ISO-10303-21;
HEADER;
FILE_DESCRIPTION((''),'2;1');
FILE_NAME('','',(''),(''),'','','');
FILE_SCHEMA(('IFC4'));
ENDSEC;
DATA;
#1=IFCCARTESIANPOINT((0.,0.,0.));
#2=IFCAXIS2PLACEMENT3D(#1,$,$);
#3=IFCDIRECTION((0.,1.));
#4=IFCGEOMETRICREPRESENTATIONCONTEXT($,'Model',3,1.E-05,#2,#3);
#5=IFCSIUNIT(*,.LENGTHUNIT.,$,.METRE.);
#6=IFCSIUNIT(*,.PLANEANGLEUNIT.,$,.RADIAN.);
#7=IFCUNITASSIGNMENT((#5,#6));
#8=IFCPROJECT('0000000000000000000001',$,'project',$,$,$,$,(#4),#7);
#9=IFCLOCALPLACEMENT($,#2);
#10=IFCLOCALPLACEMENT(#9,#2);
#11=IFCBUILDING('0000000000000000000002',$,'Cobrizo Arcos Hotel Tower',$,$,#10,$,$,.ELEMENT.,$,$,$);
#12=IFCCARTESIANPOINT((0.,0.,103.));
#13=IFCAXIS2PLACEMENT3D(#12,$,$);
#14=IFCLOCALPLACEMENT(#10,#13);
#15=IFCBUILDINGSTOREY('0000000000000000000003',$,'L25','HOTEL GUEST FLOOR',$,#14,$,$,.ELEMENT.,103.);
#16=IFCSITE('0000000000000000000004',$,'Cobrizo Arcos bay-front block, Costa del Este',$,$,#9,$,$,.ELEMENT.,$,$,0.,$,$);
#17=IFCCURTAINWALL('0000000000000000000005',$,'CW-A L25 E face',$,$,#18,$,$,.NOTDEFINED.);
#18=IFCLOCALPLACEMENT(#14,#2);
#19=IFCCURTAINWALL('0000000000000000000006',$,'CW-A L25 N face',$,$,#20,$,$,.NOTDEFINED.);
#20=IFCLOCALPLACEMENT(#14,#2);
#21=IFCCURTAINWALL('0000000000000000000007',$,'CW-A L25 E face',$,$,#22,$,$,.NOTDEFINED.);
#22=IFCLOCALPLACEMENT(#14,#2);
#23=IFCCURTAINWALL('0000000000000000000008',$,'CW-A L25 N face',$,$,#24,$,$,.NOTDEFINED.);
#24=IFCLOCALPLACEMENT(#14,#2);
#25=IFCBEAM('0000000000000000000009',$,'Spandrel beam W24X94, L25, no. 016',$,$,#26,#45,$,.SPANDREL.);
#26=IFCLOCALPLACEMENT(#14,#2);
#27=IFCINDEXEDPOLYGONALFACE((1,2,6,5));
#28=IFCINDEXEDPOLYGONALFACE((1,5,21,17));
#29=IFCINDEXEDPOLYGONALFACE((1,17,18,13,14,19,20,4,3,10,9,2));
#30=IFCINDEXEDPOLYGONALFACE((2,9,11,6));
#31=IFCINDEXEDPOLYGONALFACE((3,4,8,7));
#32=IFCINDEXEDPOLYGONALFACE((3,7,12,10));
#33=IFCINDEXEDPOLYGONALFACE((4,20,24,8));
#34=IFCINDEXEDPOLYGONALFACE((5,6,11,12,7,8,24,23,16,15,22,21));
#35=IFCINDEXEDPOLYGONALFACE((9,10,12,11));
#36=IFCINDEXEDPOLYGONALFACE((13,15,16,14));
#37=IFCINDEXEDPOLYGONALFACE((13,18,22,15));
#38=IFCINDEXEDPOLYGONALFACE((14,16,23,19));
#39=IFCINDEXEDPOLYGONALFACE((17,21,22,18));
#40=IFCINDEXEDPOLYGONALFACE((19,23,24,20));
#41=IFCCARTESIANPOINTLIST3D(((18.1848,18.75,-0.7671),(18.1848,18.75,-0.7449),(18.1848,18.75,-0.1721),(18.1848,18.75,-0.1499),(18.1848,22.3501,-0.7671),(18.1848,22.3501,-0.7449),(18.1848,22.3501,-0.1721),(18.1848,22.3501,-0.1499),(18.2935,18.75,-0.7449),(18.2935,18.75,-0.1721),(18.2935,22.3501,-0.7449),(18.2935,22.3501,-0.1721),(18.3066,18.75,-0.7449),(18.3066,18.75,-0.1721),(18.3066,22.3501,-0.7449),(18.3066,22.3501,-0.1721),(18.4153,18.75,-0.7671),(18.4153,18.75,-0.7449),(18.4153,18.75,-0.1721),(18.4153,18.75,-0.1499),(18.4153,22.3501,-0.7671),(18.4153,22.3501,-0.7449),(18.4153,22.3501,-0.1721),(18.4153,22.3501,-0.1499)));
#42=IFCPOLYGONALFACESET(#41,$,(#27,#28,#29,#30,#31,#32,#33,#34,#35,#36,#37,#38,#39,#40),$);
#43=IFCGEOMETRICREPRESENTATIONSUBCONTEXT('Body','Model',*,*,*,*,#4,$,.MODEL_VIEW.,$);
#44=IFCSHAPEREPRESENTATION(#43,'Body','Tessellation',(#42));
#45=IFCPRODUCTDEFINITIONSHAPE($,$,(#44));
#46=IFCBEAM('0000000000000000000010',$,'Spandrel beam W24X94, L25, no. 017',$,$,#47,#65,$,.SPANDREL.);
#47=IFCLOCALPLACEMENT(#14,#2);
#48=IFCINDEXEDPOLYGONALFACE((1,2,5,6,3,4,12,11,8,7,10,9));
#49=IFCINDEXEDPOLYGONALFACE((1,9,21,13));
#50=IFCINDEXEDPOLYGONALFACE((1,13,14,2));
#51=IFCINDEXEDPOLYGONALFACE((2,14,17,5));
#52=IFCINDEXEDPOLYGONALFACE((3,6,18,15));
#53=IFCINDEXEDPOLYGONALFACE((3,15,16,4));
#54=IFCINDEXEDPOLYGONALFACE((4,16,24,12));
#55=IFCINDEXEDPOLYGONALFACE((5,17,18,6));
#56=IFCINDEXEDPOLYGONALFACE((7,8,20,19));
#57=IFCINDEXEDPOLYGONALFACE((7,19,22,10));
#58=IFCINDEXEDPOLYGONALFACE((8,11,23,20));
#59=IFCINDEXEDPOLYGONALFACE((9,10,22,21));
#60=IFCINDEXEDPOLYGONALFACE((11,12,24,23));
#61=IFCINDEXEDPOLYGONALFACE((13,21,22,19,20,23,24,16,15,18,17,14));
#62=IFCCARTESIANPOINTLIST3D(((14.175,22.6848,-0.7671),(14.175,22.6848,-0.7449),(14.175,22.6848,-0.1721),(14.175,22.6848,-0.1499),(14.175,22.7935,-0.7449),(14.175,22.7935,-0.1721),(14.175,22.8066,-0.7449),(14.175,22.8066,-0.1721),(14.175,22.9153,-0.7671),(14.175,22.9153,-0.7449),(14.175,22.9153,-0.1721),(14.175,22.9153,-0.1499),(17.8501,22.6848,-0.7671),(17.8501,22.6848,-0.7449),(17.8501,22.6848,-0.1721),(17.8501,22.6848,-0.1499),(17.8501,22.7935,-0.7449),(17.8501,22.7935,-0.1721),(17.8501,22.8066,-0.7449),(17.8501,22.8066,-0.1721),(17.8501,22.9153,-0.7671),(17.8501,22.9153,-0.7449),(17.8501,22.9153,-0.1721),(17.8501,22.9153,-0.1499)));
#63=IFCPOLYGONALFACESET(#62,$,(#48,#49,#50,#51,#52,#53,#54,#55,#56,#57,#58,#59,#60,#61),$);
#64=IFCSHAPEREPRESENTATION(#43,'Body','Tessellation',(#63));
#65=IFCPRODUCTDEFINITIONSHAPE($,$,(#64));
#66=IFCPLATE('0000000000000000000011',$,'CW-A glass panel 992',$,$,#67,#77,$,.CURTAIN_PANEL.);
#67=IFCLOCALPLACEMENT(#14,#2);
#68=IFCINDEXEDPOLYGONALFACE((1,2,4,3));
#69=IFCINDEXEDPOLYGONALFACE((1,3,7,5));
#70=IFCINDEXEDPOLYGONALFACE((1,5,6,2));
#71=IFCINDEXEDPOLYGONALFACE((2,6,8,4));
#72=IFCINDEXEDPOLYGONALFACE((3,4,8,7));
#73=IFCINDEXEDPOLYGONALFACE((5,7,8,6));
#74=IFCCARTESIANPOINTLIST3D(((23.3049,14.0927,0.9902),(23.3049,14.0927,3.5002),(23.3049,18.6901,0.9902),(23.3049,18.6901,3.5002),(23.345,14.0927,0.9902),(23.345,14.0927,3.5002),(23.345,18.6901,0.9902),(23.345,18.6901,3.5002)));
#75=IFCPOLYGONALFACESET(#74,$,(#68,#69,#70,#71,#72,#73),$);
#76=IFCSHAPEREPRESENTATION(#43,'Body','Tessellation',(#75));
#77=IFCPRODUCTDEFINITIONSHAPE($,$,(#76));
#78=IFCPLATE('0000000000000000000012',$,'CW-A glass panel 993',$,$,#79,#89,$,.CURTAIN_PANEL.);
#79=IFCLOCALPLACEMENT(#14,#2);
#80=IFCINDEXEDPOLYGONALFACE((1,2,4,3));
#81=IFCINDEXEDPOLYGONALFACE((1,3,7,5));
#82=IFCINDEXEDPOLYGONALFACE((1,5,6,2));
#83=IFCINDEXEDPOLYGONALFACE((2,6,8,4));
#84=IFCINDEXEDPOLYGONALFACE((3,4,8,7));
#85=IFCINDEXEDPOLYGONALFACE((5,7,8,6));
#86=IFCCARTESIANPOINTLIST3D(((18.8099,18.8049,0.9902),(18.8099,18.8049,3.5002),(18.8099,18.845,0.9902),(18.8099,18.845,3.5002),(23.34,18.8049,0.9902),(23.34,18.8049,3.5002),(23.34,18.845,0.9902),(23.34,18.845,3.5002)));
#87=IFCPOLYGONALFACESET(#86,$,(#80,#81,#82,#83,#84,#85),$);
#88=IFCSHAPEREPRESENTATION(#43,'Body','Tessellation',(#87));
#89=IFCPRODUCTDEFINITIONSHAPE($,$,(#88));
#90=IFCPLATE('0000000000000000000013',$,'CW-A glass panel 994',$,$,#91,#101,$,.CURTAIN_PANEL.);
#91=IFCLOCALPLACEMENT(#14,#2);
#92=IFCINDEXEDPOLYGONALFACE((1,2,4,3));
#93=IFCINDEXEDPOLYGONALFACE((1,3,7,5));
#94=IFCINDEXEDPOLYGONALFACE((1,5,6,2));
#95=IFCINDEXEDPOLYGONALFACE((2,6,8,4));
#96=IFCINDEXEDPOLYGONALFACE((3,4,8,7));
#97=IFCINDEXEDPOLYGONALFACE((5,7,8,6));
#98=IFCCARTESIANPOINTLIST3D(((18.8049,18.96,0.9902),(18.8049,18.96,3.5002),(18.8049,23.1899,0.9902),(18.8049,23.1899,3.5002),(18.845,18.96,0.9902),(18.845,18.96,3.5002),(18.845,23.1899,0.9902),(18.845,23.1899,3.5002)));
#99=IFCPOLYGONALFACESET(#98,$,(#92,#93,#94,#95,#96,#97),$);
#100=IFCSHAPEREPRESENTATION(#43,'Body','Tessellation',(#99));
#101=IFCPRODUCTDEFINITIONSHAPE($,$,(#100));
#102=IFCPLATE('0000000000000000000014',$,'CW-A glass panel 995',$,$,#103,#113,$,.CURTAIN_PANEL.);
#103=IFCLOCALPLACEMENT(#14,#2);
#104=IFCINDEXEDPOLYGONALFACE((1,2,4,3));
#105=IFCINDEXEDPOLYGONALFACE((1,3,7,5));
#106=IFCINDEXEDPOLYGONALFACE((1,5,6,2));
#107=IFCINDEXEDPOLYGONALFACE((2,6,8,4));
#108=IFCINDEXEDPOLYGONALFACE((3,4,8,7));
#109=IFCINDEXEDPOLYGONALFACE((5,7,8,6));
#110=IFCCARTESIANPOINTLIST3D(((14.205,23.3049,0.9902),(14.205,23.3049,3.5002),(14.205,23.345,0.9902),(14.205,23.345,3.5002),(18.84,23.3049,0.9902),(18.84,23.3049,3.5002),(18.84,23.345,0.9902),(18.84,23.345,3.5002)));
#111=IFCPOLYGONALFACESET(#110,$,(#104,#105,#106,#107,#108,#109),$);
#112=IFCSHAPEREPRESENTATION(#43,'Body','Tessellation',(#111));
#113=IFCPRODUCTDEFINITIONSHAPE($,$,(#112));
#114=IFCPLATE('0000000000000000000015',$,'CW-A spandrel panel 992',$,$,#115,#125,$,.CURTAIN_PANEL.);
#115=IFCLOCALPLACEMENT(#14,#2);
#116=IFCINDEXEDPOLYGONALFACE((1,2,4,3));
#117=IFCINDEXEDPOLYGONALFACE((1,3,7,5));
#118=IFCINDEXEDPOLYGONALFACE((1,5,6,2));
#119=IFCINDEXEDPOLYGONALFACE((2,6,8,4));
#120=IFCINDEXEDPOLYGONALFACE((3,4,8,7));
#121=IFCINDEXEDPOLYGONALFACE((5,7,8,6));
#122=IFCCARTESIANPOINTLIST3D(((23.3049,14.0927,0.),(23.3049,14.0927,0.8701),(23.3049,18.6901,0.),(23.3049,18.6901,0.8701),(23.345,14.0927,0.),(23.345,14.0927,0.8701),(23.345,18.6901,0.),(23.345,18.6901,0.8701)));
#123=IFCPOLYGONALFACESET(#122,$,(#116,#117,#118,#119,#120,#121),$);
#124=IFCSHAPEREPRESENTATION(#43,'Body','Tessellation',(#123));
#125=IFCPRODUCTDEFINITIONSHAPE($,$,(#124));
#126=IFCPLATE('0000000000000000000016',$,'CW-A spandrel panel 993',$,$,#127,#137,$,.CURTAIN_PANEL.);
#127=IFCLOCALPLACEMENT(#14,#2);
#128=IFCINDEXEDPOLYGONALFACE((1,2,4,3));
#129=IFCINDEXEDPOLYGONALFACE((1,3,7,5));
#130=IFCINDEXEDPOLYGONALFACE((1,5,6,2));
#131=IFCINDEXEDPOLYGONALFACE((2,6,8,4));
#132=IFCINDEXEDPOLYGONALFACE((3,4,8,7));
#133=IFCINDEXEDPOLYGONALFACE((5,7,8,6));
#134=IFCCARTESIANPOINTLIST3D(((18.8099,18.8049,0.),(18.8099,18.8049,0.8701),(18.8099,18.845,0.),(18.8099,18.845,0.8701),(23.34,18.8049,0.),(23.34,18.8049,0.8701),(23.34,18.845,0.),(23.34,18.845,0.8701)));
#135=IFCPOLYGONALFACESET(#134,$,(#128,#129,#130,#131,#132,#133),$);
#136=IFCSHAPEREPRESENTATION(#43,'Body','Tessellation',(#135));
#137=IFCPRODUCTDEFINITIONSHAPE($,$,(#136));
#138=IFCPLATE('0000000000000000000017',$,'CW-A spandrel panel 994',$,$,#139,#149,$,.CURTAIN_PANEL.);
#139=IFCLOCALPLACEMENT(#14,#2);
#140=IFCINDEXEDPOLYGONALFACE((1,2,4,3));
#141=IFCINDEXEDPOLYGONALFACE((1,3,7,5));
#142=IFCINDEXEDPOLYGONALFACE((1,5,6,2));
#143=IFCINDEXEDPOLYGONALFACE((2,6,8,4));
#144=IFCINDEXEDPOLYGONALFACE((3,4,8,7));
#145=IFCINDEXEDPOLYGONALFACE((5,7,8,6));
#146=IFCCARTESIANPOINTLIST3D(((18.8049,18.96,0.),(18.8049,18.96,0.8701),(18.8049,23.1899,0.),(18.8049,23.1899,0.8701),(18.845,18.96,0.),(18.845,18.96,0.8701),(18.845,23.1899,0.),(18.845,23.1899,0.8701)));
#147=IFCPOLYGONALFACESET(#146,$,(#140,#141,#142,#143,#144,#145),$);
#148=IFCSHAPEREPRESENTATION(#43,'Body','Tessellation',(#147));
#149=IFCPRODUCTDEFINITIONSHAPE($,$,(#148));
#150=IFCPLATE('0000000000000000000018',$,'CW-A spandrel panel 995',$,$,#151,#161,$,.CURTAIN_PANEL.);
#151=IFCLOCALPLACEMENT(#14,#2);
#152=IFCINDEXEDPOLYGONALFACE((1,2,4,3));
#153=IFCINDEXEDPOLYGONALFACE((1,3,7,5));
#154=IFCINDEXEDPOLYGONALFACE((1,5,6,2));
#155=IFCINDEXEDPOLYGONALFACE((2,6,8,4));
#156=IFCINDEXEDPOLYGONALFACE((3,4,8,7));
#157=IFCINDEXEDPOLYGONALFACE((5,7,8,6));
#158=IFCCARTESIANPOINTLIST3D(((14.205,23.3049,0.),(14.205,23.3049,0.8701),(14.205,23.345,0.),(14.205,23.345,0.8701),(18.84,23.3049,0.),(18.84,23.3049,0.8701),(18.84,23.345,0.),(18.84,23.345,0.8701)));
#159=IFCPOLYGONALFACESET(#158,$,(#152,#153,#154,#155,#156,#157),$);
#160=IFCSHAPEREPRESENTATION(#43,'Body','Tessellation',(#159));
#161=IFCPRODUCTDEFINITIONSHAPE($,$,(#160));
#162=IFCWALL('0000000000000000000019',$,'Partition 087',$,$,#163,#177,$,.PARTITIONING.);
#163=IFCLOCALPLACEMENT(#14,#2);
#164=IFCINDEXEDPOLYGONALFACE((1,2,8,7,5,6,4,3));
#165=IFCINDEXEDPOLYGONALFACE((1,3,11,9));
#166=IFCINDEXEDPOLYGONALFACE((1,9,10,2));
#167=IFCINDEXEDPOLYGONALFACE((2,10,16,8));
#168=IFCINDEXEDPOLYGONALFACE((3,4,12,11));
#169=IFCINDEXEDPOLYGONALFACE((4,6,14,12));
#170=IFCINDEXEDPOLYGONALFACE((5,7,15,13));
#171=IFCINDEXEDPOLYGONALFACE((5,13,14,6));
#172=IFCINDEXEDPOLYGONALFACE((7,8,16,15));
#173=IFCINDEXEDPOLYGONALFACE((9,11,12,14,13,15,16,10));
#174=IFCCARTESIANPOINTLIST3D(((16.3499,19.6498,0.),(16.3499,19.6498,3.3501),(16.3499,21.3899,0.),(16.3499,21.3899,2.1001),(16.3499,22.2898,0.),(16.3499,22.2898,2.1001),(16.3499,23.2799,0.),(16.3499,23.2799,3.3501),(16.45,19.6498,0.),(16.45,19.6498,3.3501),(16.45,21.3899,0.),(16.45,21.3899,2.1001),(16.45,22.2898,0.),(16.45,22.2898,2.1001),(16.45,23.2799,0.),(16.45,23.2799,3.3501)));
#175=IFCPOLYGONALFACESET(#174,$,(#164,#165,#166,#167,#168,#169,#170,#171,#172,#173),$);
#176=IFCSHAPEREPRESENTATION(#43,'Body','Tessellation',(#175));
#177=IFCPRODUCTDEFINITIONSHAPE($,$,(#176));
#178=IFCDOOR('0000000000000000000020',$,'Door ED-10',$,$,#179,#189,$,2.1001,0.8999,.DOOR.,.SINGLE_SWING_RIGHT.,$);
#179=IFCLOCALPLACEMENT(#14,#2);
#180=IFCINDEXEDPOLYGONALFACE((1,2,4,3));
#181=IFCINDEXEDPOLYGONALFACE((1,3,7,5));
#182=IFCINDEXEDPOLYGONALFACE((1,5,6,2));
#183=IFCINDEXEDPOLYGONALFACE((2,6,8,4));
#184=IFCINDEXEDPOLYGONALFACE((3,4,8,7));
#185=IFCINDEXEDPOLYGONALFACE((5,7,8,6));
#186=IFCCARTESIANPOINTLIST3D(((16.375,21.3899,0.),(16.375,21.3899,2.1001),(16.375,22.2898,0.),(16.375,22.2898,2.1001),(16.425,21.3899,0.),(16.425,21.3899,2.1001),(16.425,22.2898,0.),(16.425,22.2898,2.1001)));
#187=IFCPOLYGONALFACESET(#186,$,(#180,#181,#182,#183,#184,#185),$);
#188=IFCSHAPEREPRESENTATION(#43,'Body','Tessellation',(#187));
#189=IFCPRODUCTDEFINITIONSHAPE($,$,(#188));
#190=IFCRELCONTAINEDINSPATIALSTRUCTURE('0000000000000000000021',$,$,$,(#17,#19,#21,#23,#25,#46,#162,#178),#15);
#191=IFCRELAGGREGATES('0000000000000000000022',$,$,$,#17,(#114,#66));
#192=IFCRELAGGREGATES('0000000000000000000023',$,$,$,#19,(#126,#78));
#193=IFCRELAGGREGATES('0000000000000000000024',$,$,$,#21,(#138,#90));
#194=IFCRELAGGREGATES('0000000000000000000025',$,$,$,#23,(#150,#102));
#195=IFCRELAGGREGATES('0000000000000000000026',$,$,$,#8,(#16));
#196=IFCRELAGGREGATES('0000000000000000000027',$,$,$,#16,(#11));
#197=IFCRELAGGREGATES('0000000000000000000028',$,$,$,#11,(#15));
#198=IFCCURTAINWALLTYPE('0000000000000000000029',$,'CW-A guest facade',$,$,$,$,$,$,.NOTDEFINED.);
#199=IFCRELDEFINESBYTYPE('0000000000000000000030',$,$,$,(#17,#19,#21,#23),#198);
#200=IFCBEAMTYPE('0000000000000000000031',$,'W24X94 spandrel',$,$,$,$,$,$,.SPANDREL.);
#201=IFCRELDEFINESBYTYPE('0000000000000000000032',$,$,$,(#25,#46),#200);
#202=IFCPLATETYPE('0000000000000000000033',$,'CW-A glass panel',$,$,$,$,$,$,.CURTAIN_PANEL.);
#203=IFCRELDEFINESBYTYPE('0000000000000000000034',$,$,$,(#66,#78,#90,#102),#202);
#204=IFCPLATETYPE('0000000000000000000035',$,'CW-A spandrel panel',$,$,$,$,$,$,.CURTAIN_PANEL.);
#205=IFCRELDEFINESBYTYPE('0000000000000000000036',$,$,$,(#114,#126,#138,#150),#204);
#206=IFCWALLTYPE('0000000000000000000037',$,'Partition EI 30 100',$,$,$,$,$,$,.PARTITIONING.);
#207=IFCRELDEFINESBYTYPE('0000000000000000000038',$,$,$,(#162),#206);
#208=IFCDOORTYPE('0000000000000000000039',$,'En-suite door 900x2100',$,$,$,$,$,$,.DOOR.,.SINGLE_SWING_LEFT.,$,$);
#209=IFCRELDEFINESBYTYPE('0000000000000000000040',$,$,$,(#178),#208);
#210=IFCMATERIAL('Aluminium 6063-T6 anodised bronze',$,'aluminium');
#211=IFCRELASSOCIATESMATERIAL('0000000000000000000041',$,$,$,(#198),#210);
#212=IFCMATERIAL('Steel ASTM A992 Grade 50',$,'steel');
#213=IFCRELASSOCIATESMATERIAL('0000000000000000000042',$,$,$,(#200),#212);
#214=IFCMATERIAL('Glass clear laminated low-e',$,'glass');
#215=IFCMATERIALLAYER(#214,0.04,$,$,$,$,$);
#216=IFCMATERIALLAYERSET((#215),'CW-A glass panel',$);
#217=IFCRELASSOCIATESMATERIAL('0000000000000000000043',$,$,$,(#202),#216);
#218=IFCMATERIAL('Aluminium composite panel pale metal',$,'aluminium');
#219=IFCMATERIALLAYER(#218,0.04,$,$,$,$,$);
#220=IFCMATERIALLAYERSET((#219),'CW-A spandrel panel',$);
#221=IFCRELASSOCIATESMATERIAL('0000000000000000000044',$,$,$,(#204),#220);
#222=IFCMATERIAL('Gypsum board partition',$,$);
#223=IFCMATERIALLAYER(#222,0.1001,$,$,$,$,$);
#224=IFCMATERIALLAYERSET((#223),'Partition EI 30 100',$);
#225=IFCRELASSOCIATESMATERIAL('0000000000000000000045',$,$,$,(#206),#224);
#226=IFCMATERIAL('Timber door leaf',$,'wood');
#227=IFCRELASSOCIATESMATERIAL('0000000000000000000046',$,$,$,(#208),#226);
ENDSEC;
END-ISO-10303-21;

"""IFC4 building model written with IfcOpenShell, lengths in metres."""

from ifc_helpers import new_model, si_unit, direction, frame, frame_2d, origin, origin_2d, place, context, subcontext, project, spatial, rectangle, i_section, extrude, material, layer, layer_set, material_profile, profile_set, type_object, element, fill, aggregate, save


model = new_model("IFC4")

# Units and contexts
model_context = context("Model", 3, precision=1e-05, world=origin(), true_north=direction((0.0, 1.0)))
body_context = subcontext(model_context, "Body", "Model", "MODEL_VIEW")
ifc_project = project(units=[si_unit("LENGTHUNIT", "METRE"), si_unit("PLANEANGLEUNIT", "RADIAN")], contexts=[model_context])

# Site, building, storey
site_placement = place(None, origin())
site = spatial("IfcSite", under=ifc_project, at=site_placement, Name="Cobrizo Arcos bay-front block, Costa del Este", CompositionType="ELEMENT", RefElevation=0.0)
building_placement = place(site_placement, origin())
building = spatial("IfcBuilding", under=site, at=building_placement, Name="Cobrizo Arcos Hotel Tower", CompositionType="ELEMENT")
storey_placement = place(building_placement, frame((0.0, 0.0, 103.0)))
storey = spatial("IfcBuildingStorey", under=building, at=storey_placement, Name="L25", Description="HOTEL GUEST FLOOR", CompositionType="ELEMENT", Elevation=103.0)

# Curtain wall
ifc_material_1 = material(Name="Aluminium 6063-T6 anodised bronze", Category="aluminium")
curtain_wall_type = type_object("IfcCurtainWallType", Name="CW-A guest facade", PredefinedType="NOTDEFINED", material=ifc_material_1)
curtain_wall_1_placement = place(storey_placement, origin())
curtain_wall_1 = element("IfcCurtainWall", 1, at=curtain_wall_1_placement, inside=storey, type_object=curtain_wall_type, Name="CW-A L25 E face", PredefinedType="NOTDEFINED")

# Curtain walls
curtain_wall_2_placement = place(storey_placement, origin())
curtain_wall_2 = element("IfcCurtainWall", 2, at=curtain_wall_2_placement, inside=storey, type_object=curtain_wall_type, Name="CW-A L25 N face", PredefinedType="NOTDEFINED")
curtain_wall_3_placement = place(storey_placement, origin())
curtain_wall_3 = element("IfcCurtainWall", 3, at=curtain_wall_3_placement, inside=storey, type_object=curtain_wall_type, Name="CW-A L25 E face", PredefinedType="NOTDEFINED")

# Curtain wall
curtain_wall_4_placement = place(storey_placement, origin())
curtain_wall_4 = element("IfcCurtainWall", 4, at=curtain_wall_4_placement, inside=storey, type_object=curtain_wall_type, Name="CW-A L25 N face", PredefinedType="NOTDEFINED")

# Beams
ifc_material_2 = material(Name="Steel ASTM A992 Grade 50", Category="steel")
ifc_material_profile_1 = material_profile(ifc_material_2, i_section(OverallWidth=0.2305, OverallDepth=0.6172, WebThickness=0.0132, FlangeThickness=0.0222, at=origin_2d()), Name="W24X94")
ifc_profile_set_1 = profile_set([ifc_material_profile_1], Name="Steel ASTM A992 Grade 50")
beam_type = type_object("IfcBeamType", Name="W24X94 spandrel", PredefinedType="SPANDREL", material=ifc_profile_set_1)
for number, where, z_axis, x_axis, name in (
    (5, (18.3, 18.75, -0.4585), (0.0, 1.0, 0.0), (-1.0, 0.0, 0.0), "Spandrel beam W24X94, L25, no. 016"),
):
    element("IfcBeam", number, at=place(storey_placement, frame(where, z_axis=z_axis, x_axis=x_axis)), inside=storey, type_object=beam_type, Name=name, PredefinedType="SPANDREL", context=body_context, shape_type="SweptSolid", body=[
        extrude(i_section(OverallWidth=0.2305, OverallDepth=0.6172, WebThickness=0.0132, FlangeThickness=0.0222, at=origin_2d()), origin(), (0.0, 0.0, 1.0), 3.6001),
    ])
beam_placement = place(storey_placement, frame((17.8501, 22.8, -0.4585), z_axis=(-1.0, 0.0, 0.0), x_axis=(0.0, -1.0, 0.0)))
element("IfcBeam", 6, at=beam_placement, inside=storey, type_object=beam_type, Name="Spandrel beam W24X94, L25, no. 017", PredefinedType="SPANDREL", context=body_context, shape_type="SweptSolid", body=[
    extrude(i_section(OverallWidth=0.2305, OverallDepth=0.6172, WebThickness=0.0132, FlangeThickness=0.0222, at=origin_2d()), origin(), (0.0, 0.0, 1.0), 3.675),
])

# Plates
ifc_material_3 = material(Name="Glass clear laminated low-e", Category="glass")
ifc_layer_1 = layer(ifc_material_3, 0.04)
ifc_layer_set_1 = layer_set([ifc_layer_1], Name="CW-A glass panel")
plate_type_1 = type_object("IfcPlateType", Name="CW-A glass panel", PredefinedType="CURTAIN_PANEL", material=ifc_layer_set_1)
plate_1_placement = place(storey_placement, frame((23.325, 16.3914, 0.9902), z_axis=(0.0, 0.0, 1.0), x_axis=(0.0, 1.0, 0.0)))
plate_1 = element("IfcPlate", 7, at=plate_1_placement, type_object=plate_type_1, Name="CW-A glass panel 992", PredefinedType="CURTAIN_PANEL", context=body_context, shape_type="SweptSolid", body=[
    extrude(rectangle(XDim=4.5974, YDim=0.04, at=origin_2d()), origin(), (0.0, 0.0, 1.0), 2.51),
])
plate_2_placement = place(storey_placement, frame((21.075, 18.825, 0.9902), z_axis=(0.0, 0.0, 1.0), x_axis=(-1.0, 0.0, 0.0)))
plate_2 = element("IfcPlate", 8, at=plate_2_placement, type_object=plate_type_1, Name="CW-A glass panel 993", PredefinedType="CURTAIN_PANEL", context=body_context, shape_type="SweptSolid", body=[
    extrude(rectangle(XDim=4.53, YDim=0.04, at=origin_2d()), origin(), (0.0, 0.0, 1.0), 2.51),
])
plate_3_placement = place(storey_placement, frame((18.825, 21.075, 0.9902), z_axis=(0.0, 0.0, 1.0), x_axis=(0.0, 1.0, 0.0)))
plate_3 = element("IfcPlate", 9, at=plate_3_placement, type_object=plate_type_1, Name="CW-A glass panel 994", PredefinedType="CURTAIN_PANEL", context=body_context, shape_type="SweptSolid", body=[
    extrude(rectangle(XDim=4.23, YDim=0.04, at=origin_2d()), origin(), (0.0, 0.0, 1.0), 2.51),
])
plate_4_placement = place(storey_placement, frame((16.5225, 23.325, 0.9902), z_axis=(0.0, 0.0, 1.0), x_axis=(-1.0, 0.0, 0.0)))
plate_4 = element("IfcPlate", 10, at=plate_4_placement, type_object=plate_type_1, Name="CW-A glass panel 995", PredefinedType="CURTAIN_PANEL", context=body_context, shape_type="SweptSolid", body=[
    extrude(rectangle(XDim=4.635, YDim=0.04, at=origin_2d()), origin(), (0.0, 0.0, 1.0), 2.51),
])
ifc_material_4 = material(Name="Aluminium composite panel pale metal", Category="aluminium")
ifc_layer_2 = layer(ifc_material_4, 0.04)
ifc_layer_set_2 = layer_set([ifc_layer_2], Name="CW-A spandrel panel")
plate_type_2 = type_object("IfcPlateType", Name="CW-A spandrel panel", PredefinedType="CURTAIN_PANEL", material=ifc_layer_set_2)
plate_5_placement = place(storey_placement, frame((23.325, 16.3914, 0.0), z_axis=(0.0, 0.0, 1.0), x_axis=(0.0, 1.0, 0.0)))
plate_5 = element("IfcPlate", 11, at=plate_5_placement, type_object=plate_type_2, Name="CW-A spandrel panel 992", PredefinedType="CURTAIN_PANEL", context=body_context, shape_type="SweptSolid", body=[
    extrude(rectangle(XDim=4.5974, YDim=0.04, at=origin_2d()), origin(), (0.0, 0.0, 1.0), 0.8701),
])
aggregate(curtain_wall_1, [plate_5, plate_1])
plate_6_placement = place(storey_placement, frame((21.075, 18.825, 0.0), z_axis=(0.0, 0.0, 1.0), x_axis=(-1.0, 0.0, 0.0)))
plate_6 = element("IfcPlate", 12, at=plate_6_placement, type_object=plate_type_2, Name="CW-A spandrel panel 993", PredefinedType="CURTAIN_PANEL", context=body_context, shape_type="SweptSolid", body=[
    extrude(rectangle(XDim=4.53, YDim=0.04, at=origin_2d()), origin(), (0.0, 0.0, 1.0), 0.8701),
])
aggregate(curtain_wall_2, [plate_6, plate_2])
plate_7_placement = place(storey_placement, frame((18.825, 21.075, 0.0), z_axis=(0.0, 0.0, 1.0), x_axis=(0.0, 1.0, 0.0)))
plate_7 = element("IfcPlate", 13, at=plate_7_placement, type_object=plate_type_2, Name="CW-A spandrel panel 994", PredefinedType="CURTAIN_PANEL", context=body_context, shape_type="SweptSolid", body=[
    extrude(rectangle(XDim=4.23, YDim=0.04, at=origin_2d()), origin(), (0.0, 0.0, 1.0), 0.8701),
])
aggregate(curtain_wall_3, [plate_7, plate_3])
plate_8_placement = place(storey_placement, frame((16.5225, 23.325, 0.0), z_axis=(0.0, 0.0, 1.0), x_axis=(-1.0, 0.0, 0.0)))
plate_8 = element("IfcPlate", 14, at=plate_8_placement, type_object=plate_type_2, Name="CW-A spandrel panel 995", PredefinedType="CURTAIN_PANEL", context=body_context, shape_type="SweptSolid", body=[
    extrude(rectangle(XDim=4.635, YDim=0.04, at=origin_2d()), origin(), (0.0, 0.0, 1.0), 0.8701),
])
aggregate(curtain_wall_4, [plate_8, plate_4])

# Wall, opening, door
ifc_material_5 = material(Name="Gypsum board partition")
ifc_layer_3 = layer(ifc_material_5, 0.1001)
ifc_layer_set_3 = layer_set([ifc_layer_3], Name="Partition EI 30 100")
wall_type = type_object("IfcWallType", Name="Partition EI 30 100", PredefinedType="PARTITIONING", material=ifc_layer_set_3)
wall_placement = place(storey_placement, frame((16.3999, 19.6499, 0.0), z_axis=(0.0, 0.0, 1.0), x_axis=(0.0, 1.0, 0.0)))
wall = element("IfcWall", 15, at=wall_placement, inside=storey, type_object=wall_type, Name="Partition 087", PredefinedType="PARTITIONING", context=body_context, shape_type="SweptSolid", body=[
    extrude(rectangle(XDim=3.6301, YDim=0.1001, at=frame_2d((1.8149, 0.0))), origin(), (0.0, 0.0, 1.0), 3.3501),
])
opening_placement = place(wall_placement, frame((1.74, 0.0, 0.0)))
opening = element("IfcOpeningElement", 16, at=opening_placement, cuts=wall, PredefinedType="OPENING", context=body_context, shape_type="SweptSolid", body=[
    extrude(rectangle(XDim=0.8999, YDim=2.1001, at=frame_2d((0.45, 1.05))), frame((0.0, 0.062, 0.0), z_axis=(0.0, -1.0, 0.0), x_axis=(1.0, 0.0, 0.0)), (0.0, 0.0, 1.0), 0.124),
])
ifc_material_6 = material(Name="Timber door leaf", Category="wood")
door_type = type_object("IfcDoorType", Name="En-suite door 900x2100", OperationType="SINGLE_SWING_LEFT", PredefinedType="DOOR", material=ifc_material_6)
door_placement = place(opening_placement, origin())
door = element("IfcDoor", 17, at=door_placement, inside=storey, type_object=door_type, Name="Door ED-10", OperationType="SINGLE_SWING_RIGHT", OverallHeight=2.1001, OverallWidth=0.8999, PredefinedType="DOOR", context=body_context, shape_type="SweptSolid", body=[
    extrude(rectangle(XDim=0.8999, YDim=2.1001, at=frame_2d((0.45, 1.05))), frame((0.0, 0.0249, 0.0), z_axis=(0.0, -1.0, 0.0), x_axis=(1.0, 0.0, 0.0)), (0.0, 0.0, 1.0), 0.05),
])
fill(opening, door)

save(model, "model.ifc")
